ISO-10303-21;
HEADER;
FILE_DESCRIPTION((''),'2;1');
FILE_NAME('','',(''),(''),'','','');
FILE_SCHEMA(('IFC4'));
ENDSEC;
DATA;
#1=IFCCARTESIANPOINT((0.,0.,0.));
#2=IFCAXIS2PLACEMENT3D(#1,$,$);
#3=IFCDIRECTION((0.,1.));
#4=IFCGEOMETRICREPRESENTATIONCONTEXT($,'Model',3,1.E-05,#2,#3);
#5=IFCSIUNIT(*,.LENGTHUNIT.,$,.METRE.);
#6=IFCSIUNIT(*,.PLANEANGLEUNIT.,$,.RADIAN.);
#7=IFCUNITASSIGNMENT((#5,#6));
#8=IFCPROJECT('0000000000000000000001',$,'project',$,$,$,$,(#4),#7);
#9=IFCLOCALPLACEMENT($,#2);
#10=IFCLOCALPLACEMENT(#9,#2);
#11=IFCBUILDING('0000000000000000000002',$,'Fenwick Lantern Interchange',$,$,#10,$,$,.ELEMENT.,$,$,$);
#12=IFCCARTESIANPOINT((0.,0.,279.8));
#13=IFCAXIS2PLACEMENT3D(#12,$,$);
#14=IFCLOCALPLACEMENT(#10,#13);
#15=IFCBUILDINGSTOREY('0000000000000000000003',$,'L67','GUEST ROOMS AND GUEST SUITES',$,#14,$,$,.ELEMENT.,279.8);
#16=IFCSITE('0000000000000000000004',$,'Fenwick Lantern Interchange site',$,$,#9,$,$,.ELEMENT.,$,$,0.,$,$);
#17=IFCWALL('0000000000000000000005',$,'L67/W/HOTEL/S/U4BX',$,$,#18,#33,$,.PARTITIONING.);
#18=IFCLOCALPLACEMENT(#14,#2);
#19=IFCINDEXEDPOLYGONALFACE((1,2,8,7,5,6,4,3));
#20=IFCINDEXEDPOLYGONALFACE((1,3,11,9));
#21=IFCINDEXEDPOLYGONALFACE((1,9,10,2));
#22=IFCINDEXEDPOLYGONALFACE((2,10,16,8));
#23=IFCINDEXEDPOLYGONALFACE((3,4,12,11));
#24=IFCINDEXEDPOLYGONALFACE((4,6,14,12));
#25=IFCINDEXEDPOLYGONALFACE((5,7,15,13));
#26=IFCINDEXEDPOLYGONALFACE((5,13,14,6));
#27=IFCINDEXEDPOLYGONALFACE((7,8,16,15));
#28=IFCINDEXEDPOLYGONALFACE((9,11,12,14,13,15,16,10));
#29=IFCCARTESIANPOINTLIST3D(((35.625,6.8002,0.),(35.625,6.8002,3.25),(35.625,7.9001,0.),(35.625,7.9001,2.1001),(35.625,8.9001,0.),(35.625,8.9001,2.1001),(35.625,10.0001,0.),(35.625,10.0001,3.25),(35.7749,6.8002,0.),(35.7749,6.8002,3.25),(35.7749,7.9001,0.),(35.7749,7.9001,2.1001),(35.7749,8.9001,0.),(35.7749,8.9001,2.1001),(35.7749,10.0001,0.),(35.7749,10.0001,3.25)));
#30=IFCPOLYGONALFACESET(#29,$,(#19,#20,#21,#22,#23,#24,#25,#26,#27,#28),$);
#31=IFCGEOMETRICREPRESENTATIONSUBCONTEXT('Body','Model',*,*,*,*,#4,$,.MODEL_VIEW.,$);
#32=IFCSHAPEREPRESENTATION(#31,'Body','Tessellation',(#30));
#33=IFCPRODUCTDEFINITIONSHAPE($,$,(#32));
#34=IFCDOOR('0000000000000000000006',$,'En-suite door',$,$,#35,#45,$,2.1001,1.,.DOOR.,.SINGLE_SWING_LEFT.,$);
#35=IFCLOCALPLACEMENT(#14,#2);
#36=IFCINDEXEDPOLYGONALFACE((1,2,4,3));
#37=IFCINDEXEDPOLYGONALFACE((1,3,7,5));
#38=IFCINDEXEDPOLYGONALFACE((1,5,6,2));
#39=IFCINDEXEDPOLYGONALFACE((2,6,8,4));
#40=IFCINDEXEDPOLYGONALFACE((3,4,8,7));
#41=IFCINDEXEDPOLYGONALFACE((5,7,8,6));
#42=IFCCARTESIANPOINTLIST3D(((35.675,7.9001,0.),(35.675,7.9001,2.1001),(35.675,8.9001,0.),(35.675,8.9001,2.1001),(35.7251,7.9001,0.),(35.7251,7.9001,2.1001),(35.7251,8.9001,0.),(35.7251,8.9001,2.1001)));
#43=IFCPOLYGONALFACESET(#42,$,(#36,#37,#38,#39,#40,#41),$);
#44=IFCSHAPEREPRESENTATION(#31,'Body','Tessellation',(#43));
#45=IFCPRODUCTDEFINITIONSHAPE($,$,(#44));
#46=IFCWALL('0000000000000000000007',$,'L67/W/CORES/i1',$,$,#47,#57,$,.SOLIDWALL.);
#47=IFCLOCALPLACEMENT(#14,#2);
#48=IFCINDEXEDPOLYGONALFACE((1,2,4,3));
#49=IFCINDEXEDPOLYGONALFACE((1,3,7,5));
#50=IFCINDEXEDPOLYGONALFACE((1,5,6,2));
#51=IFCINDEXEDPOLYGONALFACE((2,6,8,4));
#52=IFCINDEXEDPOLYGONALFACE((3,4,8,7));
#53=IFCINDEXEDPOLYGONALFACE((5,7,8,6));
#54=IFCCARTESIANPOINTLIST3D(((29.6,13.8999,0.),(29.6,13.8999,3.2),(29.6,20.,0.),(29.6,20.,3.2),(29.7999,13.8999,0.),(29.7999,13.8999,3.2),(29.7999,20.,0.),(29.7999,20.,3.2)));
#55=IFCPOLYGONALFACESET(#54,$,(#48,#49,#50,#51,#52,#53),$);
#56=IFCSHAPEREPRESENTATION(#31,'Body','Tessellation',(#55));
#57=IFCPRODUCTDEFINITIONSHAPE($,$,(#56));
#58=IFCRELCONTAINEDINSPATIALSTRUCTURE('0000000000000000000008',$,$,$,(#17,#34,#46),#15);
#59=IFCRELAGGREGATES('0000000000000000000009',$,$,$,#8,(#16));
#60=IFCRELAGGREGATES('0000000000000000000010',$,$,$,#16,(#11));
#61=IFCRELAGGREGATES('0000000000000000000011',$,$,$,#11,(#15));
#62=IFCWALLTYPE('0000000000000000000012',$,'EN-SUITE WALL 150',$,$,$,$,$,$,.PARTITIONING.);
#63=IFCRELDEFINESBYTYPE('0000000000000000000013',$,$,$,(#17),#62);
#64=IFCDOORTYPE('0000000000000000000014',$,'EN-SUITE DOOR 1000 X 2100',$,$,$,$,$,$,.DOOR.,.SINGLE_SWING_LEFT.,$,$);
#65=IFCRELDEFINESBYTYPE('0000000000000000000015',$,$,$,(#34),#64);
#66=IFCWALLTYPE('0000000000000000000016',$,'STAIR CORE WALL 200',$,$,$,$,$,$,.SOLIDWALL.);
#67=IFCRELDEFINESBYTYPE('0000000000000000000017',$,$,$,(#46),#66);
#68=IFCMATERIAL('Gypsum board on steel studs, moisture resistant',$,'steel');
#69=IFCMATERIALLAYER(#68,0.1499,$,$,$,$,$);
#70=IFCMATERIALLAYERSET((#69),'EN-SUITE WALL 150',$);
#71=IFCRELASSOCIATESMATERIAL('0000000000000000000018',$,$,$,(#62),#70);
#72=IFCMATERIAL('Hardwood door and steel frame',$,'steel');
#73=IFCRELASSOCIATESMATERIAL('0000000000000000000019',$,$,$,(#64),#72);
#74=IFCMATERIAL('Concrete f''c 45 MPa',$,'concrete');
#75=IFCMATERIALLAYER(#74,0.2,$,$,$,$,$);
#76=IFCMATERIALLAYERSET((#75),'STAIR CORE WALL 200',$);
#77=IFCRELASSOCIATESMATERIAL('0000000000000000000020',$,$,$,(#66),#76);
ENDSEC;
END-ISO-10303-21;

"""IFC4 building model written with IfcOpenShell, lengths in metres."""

from ifc_helpers import new_model, si_unit, direction, frame, frame_2d, origin, place, context, subcontext, project, spatial, rectangle, extrude, material, layer, layer_set, type_object, element, fill, save


model = new_model("IFC4")

# Units and contexts
model_context = context("Model", 3, precision=1e-05, world=origin(), true_north=direction((0.0, 1.0)))
body_context = subcontext(model_context, "Body", "Model", "MODEL_VIEW")
ifc_project = project(units=[si_unit("LENGTHUNIT", "METRE"), si_unit("PLANEANGLEUNIT", "RADIAN")], contexts=[model_context])

# Site, building, storey
site_placement = place(None, origin())
site = spatial("IfcSite", under=ifc_project, at=site_placement, Name="Fenwick Lantern Interchange site", CompositionType="ELEMENT", RefElevation=0.0)
building_placement = place(site_placement, origin())
building = spatial("IfcBuilding", under=site, at=building_placement, Name="Fenwick Lantern Interchange", CompositionType="ELEMENT")
storey_placement = place(building_placement, frame((0.0, 0.0, 279.8)))
storey = spatial("IfcBuildingStorey", under=building, at=storey_placement, Name="L67", Description="GUEST ROOMS AND GUEST SUITES", CompositionType="ELEMENT", Elevation=279.8)

# Shared definitions
ifc_material_1 = material(Name="Hardwood door and steel frame", Category="steel")

# Shared definitions
ifc_material_2 = material(Name="Gypsum board on steel studs, moisture resistant", Category="steel")
ifc_layer_1 = layer(ifc_material_2, 0.1499)
ifc_layer_set_1 = layer_set([ifc_layer_1], Name="EN-SUITE WALL 150")
wall_type_1 = type_object("IfcWallType", Name="EN-SUITE WALL 150", PredefinedType="PARTITIONING", material=ifc_layer_set_1)

# Wall, opening, door
wall_1_placement = place(storey_placement, frame((35.7, 6.8, 0.0), z_axis=(0.0, 0.0, 1.0), x_axis=(0.0, 1.0, 0.0)))
wall_1 = element("IfcWall", 1, at=wall_1_placement, inside=storey, type_object=wall_type_1, Name="L67/W/HOTEL/S/U4BX", PredefinedType="PARTITIONING", context=body_context, shape_type="SweptSolid", body=[
    extrude(rectangle(XDim=3.2, YDim=0.1499, at=frame_2d((1.6001, 0.0))), origin(), (0.0, 0.0, 1.0), 3.25),
])
opening_1_placement = place(wall_1_placement, frame((1.1001, 0.0, 0.0)))
opening_1 = element("IfcOpeningElement", 2, at=opening_1_placement, cuts=wall_1, PredefinedType="OPENING", context=body_context, shape_type="SweptSolid", body=[
    extrude(rectangle(XDim=1.0, YDim=2.1001, at=frame_2d((0.5, 1.05))), frame((0.0, 0.085, 0.0), z_axis=(0.0, -1.0, 0.0), x_axis=(1.0, 0.0, 0.0)), (0.0, 0.0, 1.0), 0.1699),
])
door_type_1 = type_object("IfcDoorType", Name="EN-SUITE DOOR 1000 X 2100", OperationType="SINGLE_SWING_LEFT", PredefinedType="DOOR", material=ifc_material_1)
door_1_placement = place(opening_1_placement, origin())
door_1 = element("IfcDoor", 3, at=door_1_placement, inside=storey, type_object=door_type_1, Name="En-suite door", OperationType="SINGLE_SWING_LEFT", OverallHeight=2.1001, OverallWidth=1.0, PredefinedType="DOOR", context=body_context, shape_type="SweptSolid", body=[
    extrude(rectangle(XDim=1.0, YDim=2.1001, at=frame_2d((0.5, 1.05))), frame((0.0, 0.0249, 0.0), z_axis=(0.0, -1.0, 0.0), x_axis=(1.0, 0.0, 0.0)), (0.0, 0.0, 1.0), 0.05),
])
fill(opening_1, door_1)

# Wall
ifc_material_3 = material(Name="Concrete f'c 45 MPa", Category="concrete")
ifc_layer_2 = layer(ifc_material_3, 0.2)
ifc_layer_set_2 = layer_set([ifc_layer_2], Name="STAIR CORE WALL 200")
wall_type_2 = type_object("IfcWallType", Name="STAIR CORE WALL 200", PredefinedType="SOLIDWALL", material=ifc_layer_set_2)
wall_2_placement = place(storey_placement, frame((29.7, 13.8999, 0.0), z_axis=(0.0, 0.0, 1.0), x_axis=(0.0, 1.0, 0.0)))
element("IfcWall", 4, at=wall_2_placement, inside=storey, type_object=wall_type_2, Name="L67/W/CORES/i1", PredefinedType="SOLIDWALL", context=body_context, shape_type="SweptSolid", body=[
    extrude(rectangle(XDim=6.1001, YDim=0.2, at=frame_2d((3.05, 0.0))), origin(), (0.0, 0.0, 1.0), 3.2),
])

save(model, "model.ifc")
